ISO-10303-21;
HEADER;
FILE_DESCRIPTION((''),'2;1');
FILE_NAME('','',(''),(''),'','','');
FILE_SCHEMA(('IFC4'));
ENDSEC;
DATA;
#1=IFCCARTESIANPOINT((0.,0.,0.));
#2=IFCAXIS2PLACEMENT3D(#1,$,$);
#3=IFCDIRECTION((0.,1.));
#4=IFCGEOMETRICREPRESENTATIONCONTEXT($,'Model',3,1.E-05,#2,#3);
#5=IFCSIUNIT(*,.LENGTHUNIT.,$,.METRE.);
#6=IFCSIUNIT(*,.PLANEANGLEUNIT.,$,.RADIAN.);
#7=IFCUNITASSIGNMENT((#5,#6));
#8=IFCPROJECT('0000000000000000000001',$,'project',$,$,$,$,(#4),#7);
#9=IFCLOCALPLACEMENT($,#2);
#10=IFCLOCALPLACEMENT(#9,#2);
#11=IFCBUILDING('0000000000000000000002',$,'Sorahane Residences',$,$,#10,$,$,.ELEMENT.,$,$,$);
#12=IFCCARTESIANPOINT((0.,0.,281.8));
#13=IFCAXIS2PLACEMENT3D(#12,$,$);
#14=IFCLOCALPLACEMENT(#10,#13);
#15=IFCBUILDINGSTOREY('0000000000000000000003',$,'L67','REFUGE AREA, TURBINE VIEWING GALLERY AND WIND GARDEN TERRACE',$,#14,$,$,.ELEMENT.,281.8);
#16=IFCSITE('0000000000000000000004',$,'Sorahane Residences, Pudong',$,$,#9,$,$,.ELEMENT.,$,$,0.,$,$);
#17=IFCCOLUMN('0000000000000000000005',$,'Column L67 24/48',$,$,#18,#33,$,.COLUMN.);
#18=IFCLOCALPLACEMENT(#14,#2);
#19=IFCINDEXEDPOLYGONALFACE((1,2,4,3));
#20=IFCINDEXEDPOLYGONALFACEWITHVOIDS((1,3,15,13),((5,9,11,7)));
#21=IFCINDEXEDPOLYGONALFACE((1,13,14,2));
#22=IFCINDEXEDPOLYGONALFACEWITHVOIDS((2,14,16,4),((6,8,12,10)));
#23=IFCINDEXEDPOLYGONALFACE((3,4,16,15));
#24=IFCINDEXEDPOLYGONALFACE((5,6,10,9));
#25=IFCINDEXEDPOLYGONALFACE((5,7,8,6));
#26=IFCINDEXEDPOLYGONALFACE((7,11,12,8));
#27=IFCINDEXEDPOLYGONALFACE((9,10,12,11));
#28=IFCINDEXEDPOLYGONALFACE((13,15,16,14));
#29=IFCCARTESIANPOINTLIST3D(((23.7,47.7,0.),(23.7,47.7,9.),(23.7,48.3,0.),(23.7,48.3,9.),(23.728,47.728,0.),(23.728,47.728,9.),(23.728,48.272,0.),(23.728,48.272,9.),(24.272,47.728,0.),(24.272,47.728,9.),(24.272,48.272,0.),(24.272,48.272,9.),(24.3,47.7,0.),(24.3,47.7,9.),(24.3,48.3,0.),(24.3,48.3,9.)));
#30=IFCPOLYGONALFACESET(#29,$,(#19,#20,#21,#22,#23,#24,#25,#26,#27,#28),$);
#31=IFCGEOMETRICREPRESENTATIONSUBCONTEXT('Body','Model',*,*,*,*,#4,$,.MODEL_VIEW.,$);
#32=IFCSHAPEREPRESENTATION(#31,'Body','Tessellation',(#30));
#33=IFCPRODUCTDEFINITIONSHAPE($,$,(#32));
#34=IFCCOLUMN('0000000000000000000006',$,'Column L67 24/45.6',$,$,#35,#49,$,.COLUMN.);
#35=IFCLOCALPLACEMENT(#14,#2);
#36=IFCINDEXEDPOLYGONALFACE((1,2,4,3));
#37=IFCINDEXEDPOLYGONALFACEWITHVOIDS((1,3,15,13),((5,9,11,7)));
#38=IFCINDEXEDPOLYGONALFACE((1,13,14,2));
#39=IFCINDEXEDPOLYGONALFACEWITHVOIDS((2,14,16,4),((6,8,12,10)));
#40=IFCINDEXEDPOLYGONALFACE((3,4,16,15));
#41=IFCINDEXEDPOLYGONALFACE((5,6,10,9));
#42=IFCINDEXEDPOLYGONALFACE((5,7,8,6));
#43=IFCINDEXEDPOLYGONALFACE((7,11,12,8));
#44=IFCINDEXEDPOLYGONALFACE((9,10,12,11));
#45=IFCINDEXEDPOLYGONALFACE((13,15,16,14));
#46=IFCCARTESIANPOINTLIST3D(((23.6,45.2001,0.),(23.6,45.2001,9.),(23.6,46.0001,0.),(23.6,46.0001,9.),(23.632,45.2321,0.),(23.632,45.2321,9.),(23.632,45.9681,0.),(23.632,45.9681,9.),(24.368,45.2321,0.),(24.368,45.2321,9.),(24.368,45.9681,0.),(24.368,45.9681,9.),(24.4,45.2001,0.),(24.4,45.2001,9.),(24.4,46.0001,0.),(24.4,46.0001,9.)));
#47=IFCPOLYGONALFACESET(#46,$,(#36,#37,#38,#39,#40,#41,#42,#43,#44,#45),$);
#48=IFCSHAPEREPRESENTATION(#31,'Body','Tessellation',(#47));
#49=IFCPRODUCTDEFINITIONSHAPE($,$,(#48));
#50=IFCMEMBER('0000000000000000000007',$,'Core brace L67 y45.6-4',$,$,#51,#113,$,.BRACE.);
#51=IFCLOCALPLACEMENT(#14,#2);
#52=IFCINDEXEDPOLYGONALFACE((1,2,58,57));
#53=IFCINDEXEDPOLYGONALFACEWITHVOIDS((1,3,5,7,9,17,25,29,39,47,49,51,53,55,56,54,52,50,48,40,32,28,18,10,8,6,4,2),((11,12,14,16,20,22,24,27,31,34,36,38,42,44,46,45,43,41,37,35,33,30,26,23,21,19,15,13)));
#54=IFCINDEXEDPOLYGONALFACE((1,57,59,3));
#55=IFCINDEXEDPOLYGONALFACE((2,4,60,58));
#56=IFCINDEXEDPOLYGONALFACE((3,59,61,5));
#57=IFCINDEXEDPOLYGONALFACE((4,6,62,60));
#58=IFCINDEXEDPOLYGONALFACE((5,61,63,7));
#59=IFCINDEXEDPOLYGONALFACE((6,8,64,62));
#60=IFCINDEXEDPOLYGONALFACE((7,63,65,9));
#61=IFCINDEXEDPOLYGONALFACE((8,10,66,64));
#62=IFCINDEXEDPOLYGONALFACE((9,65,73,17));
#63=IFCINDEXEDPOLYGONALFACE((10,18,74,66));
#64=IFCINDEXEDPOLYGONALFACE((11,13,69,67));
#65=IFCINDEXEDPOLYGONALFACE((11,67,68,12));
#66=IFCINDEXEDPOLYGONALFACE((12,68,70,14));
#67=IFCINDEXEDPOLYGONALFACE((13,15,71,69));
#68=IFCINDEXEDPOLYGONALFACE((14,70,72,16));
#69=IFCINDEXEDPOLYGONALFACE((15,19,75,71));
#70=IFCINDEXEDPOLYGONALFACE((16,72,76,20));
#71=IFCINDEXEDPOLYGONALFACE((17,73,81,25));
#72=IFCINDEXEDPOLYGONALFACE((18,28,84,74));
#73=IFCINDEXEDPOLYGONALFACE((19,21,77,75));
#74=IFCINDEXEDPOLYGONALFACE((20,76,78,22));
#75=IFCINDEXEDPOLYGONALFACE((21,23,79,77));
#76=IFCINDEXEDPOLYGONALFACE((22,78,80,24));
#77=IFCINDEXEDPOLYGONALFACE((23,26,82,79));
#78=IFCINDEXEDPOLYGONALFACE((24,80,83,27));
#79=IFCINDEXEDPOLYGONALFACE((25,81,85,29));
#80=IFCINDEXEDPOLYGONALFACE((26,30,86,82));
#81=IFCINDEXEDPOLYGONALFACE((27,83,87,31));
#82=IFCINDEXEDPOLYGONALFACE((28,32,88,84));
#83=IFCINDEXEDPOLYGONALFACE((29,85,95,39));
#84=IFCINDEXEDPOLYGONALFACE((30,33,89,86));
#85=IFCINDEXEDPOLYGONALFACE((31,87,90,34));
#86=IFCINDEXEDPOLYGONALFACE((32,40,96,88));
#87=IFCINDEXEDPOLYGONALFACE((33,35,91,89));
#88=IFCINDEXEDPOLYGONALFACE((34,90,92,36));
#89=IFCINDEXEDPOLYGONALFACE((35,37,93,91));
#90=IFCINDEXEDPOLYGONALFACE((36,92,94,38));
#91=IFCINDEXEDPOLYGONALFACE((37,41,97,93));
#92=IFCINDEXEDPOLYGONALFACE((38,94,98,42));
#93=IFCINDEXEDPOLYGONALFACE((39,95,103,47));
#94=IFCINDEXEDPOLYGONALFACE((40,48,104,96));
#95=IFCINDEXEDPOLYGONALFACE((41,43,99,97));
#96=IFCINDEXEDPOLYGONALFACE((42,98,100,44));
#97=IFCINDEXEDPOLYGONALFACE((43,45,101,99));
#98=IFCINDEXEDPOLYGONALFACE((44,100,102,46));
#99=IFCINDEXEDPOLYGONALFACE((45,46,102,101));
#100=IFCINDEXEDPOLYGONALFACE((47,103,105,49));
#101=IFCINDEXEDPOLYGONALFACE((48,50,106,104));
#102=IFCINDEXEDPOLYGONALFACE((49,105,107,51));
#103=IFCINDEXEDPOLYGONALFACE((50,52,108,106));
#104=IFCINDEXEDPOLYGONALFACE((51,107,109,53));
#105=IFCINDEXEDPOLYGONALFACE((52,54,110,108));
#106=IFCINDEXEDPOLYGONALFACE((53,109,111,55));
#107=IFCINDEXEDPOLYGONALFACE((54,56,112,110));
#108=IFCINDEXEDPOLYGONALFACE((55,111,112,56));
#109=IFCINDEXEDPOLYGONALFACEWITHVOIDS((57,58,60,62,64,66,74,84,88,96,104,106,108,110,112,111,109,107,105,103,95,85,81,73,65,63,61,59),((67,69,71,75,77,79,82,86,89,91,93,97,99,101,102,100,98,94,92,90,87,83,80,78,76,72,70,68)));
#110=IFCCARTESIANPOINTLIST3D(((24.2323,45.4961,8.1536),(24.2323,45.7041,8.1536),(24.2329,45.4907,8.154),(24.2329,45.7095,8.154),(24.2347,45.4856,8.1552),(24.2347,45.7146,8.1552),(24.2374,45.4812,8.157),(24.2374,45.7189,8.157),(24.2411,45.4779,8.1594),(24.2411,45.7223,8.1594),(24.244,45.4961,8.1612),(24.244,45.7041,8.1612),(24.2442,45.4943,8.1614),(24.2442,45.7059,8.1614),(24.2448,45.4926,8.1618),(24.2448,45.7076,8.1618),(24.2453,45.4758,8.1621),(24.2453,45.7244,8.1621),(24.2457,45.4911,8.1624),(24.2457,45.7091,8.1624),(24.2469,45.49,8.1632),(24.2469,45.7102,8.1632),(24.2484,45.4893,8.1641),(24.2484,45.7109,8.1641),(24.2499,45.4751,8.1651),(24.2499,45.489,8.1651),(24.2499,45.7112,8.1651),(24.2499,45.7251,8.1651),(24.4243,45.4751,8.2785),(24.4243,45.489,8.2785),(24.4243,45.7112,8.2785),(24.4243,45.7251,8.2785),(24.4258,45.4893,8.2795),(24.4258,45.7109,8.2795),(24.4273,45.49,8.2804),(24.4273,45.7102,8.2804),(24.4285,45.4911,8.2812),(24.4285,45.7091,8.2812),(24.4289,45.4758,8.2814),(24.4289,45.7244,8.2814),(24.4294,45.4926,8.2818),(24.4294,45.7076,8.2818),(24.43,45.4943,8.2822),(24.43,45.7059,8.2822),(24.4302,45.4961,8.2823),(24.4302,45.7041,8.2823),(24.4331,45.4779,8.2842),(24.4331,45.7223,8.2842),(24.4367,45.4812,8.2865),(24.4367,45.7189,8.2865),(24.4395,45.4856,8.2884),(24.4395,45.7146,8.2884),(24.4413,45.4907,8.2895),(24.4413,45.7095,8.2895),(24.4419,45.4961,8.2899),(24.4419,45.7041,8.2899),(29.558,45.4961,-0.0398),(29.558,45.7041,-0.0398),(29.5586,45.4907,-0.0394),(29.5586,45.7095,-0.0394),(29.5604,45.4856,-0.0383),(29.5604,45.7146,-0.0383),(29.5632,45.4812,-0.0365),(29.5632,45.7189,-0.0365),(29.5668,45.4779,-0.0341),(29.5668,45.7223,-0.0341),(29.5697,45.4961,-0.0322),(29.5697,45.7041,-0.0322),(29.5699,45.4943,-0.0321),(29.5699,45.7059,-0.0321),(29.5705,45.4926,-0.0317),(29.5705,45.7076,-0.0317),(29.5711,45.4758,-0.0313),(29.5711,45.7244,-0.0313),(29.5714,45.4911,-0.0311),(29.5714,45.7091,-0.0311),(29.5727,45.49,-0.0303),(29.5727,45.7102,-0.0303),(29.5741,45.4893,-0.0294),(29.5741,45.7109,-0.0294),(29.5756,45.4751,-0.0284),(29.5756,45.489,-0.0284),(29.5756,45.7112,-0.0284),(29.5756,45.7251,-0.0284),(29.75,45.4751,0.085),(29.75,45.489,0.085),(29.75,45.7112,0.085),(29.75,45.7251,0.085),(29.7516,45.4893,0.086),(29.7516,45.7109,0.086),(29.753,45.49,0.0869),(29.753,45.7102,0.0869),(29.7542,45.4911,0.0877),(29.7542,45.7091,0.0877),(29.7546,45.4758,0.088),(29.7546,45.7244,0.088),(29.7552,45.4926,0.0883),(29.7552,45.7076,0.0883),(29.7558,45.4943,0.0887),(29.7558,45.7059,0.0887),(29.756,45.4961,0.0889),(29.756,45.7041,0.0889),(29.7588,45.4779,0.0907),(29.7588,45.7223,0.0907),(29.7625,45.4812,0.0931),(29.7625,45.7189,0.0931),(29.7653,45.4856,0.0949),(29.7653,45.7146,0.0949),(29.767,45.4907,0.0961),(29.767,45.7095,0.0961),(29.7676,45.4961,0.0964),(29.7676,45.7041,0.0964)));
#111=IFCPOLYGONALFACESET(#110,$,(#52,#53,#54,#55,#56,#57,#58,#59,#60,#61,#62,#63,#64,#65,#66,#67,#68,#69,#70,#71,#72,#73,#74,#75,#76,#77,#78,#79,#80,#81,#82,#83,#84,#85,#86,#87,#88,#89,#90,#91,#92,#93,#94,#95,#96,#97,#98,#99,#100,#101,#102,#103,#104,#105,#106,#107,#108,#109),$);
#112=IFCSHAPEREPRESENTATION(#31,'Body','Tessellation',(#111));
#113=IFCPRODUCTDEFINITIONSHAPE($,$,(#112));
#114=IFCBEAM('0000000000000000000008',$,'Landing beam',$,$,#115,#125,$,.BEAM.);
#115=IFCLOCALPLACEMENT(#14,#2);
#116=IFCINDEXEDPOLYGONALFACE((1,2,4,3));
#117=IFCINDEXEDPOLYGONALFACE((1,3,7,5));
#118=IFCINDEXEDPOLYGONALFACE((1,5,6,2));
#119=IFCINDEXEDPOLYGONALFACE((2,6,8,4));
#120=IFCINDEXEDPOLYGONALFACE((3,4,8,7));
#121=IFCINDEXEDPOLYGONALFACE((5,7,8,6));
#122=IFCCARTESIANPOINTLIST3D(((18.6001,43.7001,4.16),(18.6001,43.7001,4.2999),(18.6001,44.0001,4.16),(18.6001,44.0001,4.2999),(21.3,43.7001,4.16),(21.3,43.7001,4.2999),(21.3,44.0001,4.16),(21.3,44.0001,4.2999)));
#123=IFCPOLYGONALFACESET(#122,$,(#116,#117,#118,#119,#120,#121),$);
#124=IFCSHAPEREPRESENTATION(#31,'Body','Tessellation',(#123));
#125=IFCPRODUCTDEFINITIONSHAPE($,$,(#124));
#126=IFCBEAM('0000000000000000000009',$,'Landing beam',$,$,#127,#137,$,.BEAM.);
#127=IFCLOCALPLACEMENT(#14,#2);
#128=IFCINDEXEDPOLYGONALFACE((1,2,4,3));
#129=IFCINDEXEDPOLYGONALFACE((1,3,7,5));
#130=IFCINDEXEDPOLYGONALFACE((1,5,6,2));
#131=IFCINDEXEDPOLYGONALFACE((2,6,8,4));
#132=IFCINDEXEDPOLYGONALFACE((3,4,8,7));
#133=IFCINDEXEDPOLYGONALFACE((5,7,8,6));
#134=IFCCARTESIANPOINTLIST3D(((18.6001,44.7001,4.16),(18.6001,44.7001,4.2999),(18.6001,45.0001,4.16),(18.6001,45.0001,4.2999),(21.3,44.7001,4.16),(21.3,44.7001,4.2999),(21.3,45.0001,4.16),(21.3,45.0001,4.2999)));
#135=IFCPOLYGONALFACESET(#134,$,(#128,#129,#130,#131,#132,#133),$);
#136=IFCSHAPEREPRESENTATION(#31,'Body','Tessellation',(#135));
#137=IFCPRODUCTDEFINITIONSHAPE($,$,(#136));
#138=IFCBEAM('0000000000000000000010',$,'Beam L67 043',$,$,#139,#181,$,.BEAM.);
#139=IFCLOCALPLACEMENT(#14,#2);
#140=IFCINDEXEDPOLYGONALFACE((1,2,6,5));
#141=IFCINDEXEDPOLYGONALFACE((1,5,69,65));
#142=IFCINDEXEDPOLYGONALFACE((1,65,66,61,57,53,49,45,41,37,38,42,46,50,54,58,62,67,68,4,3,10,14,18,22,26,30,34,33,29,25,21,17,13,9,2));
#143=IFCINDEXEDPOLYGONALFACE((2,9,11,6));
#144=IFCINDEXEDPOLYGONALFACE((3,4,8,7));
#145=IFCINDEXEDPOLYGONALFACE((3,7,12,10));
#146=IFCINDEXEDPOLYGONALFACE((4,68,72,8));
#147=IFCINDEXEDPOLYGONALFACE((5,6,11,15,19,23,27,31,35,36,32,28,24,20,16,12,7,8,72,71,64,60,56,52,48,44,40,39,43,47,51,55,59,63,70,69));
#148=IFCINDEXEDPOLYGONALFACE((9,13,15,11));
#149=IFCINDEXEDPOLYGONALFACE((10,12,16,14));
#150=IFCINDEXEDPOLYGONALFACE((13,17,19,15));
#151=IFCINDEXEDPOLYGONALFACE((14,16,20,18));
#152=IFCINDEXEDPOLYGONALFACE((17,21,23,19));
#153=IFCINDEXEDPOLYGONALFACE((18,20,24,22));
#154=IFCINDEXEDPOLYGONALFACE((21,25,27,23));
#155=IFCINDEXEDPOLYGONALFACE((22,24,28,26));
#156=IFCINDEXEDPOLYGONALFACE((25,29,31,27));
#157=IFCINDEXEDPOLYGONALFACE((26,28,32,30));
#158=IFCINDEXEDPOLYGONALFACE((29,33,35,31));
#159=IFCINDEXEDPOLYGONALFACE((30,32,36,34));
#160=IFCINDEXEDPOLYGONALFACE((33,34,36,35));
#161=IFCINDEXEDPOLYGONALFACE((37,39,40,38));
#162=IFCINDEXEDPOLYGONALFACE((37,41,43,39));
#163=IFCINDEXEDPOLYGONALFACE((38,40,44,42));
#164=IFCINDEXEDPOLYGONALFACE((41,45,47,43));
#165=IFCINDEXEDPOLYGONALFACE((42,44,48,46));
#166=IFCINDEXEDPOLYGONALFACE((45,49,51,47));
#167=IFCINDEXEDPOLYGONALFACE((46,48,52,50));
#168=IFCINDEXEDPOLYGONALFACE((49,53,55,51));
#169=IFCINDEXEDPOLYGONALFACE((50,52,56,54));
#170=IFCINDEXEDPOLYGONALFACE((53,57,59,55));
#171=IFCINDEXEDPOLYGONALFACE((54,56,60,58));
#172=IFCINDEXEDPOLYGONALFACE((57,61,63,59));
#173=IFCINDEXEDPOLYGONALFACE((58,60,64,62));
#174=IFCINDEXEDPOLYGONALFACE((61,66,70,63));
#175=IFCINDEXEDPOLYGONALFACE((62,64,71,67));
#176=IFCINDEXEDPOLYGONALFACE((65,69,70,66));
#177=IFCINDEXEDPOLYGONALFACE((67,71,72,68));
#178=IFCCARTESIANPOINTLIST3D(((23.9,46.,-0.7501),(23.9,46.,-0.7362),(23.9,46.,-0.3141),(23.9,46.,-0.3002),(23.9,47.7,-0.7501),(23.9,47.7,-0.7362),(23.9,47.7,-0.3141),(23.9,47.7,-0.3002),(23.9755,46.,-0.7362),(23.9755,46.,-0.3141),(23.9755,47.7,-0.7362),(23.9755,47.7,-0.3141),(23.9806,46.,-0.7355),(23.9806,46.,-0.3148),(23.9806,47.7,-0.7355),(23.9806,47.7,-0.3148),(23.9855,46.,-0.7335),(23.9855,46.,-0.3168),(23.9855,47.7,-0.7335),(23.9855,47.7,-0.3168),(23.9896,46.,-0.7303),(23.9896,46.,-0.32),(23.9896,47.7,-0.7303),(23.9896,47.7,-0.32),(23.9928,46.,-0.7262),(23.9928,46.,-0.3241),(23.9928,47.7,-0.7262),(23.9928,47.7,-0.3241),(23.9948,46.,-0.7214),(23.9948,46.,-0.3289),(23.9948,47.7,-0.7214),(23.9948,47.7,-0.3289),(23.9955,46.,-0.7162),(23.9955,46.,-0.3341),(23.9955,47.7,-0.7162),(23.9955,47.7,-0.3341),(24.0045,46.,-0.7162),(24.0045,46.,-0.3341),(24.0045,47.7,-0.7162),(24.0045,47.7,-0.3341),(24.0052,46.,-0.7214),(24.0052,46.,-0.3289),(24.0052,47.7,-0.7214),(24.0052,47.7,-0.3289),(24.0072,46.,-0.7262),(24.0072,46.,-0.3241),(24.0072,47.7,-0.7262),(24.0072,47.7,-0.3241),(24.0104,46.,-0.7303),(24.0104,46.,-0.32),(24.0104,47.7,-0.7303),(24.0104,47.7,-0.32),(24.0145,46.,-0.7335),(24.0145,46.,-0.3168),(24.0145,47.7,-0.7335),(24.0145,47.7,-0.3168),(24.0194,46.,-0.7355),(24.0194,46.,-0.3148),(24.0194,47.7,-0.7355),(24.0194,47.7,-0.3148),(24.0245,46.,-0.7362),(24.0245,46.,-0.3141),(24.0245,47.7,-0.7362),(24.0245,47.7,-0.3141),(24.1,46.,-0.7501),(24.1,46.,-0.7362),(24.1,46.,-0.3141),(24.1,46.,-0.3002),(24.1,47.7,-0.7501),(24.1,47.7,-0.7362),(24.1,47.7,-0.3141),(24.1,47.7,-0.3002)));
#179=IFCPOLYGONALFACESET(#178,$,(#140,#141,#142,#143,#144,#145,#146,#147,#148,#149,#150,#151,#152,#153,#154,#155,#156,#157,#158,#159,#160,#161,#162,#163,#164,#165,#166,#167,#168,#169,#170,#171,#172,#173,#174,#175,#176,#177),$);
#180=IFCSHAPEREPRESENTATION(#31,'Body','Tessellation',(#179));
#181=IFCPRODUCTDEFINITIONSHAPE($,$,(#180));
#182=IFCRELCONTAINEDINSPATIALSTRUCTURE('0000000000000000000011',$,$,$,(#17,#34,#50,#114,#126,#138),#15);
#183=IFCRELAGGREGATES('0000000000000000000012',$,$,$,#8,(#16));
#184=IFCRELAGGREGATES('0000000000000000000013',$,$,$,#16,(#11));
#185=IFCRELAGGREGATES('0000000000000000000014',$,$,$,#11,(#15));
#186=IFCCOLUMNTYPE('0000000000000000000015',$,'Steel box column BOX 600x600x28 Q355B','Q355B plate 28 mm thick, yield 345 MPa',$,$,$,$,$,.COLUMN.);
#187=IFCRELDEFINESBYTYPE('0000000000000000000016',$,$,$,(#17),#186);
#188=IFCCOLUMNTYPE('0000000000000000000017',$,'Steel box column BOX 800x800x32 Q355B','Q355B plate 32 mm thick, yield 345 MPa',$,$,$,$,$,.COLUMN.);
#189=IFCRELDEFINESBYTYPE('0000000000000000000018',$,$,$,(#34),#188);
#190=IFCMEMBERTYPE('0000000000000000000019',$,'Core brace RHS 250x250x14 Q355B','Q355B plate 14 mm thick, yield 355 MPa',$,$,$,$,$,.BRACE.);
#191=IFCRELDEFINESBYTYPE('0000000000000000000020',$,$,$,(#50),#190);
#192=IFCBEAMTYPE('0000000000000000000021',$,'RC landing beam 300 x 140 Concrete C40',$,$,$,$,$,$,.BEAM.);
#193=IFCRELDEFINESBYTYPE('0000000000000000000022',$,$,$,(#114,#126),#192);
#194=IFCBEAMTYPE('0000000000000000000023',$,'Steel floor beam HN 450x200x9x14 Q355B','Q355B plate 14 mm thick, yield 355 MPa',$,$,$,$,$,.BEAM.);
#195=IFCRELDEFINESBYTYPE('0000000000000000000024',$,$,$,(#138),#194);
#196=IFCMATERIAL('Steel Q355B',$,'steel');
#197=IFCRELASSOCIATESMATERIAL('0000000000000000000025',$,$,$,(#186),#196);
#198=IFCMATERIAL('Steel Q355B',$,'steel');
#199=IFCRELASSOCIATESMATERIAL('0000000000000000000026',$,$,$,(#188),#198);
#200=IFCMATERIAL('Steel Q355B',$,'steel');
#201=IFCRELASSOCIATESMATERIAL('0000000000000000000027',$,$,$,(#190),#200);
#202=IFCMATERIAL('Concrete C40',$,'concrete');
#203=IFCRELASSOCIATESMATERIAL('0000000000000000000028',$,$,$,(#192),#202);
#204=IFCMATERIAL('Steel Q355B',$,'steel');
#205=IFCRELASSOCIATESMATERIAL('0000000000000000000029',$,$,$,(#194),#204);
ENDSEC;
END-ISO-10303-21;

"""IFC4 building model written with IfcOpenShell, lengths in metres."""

from ifc_helpers import new_model, si_unit, direction, frame, origin, origin_2d, place, context, subcontext, project, spatial, rectangle, hollow_rectangle, i_section, extrude, material, material_profile, profile_set, type_object, element, save


model = new_model("IFC4")

# Units and contexts
model_context = context("Model", 3, precision=1e-05, world=origin(), true_north=direction((0.0, 1.0)))
body_context = subcontext(model_context, "Body", "Model", "MODEL_VIEW")
ifc_project = project(units=[si_unit("LENGTHUNIT", "METRE"), si_unit("PLANEANGLEUNIT", "RADIAN")], contexts=[model_context])

# Site, building, storey
site_placement = place(None, origin())
site = spatial("IfcSite", under=ifc_project, at=site_placement, Name="Sorahane Residences, Pudong", CompositionType="ELEMENT", RefElevation=0.0)
building_placement = place(site_placement, origin())
building = spatial("IfcBuilding", under=site, at=building_placement, Name="Sorahane Residences", CompositionType="ELEMENT")
storey_placement = place(building_placement, frame((0.0, 0.0, 281.8)))
storey = spatial("IfcBuildingStorey", under=building, at=storey_placement, Name="L67", Description="REFUGE AREA, TURBINE VIEWING GALLERY AND WIND GARDEN TERRACE", CompositionType="ELEMENT", Elevation=281.8)

# Columns
ifc_material_1 = material(Name="Steel Q355B", Category="steel")
ifc_material_profile_1 = material_profile(ifc_material_1, hollow_rectangle(XDim=0.6001, YDim=0.6001, WallThickness=0.0281, at=origin_2d()), Name="BOX 600x600x28")
ifc_profile_set_1 = profile_set([ifc_material_profile_1], Name="Steel Q355B")
column_type_1 = type_object("IfcColumnType", Name="Steel box column BOX 600x600x28 Q355B", Description="Q355B plate 28 mm thick, yield 345 MPa", PredefinedType="COLUMN", material=ifc_profile_set_1)
column_1_placement = place(storey_placement, frame((24.0, 48.0, 0.0), z_axis=(0.0, 0.0, 1.0), x_axis=(1.0, 0.0, 0.0)))
element("IfcColumn", 1, at=column_1_placement, inside=storey, type_object=column_type_1, Name="Column L67 24/48", PredefinedType="COLUMN", context=body_context, shape_type="SweptSolid", body=[
    extrude(hollow_rectangle(XDim=0.6001, YDim=0.6001, WallThickness=0.0281, at=origin_2d()), origin(), (0.0, 0.0, 1.0), 9.0),
])
ifc_material_2 = material(Name="Steel Q355B", Category="steel")
ifc_material_profile_2 = material_profile(ifc_material_2, hollow_rectangle(XDim=0.8, YDim=0.8, WallThickness=0.032, at=origin_2d()), Name="BOX 800x800x32")
ifc_profile_set_2 = profile_set([ifc_material_profile_2], Name="Steel Q355B")
column_type_2 = type_object("IfcColumnType", Name="Steel box column BOX 800x800x32 Q355B", Description="Q355B plate 32 mm thick, yield 345 MPa", PredefinedType="COLUMN", material=ifc_profile_set_2)
column_2_placement = place(storey_placement, frame((24.0, 45.6001, 0.0), z_axis=(0.0, 0.0, 1.0), x_axis=(1.0, 0.0, 0.0)))
element("IfcColumn", 2, at=column_2_placement, inside=storey, type_object=column_type_2, Name="Column L67 24/45.6", PredefinedType="COLUMN", context=body_context, shape_type="SweptSolid", body=[
    extrude(hollow_rectangle(XDim=0.8, YDim=0.8, WallThickness=0.032, at=origin_2d()), origin(), (0.0, 0.0, 1.0), 9.0),
])

# Member
ifc_material_3 = material(Name="Steel Q355B", Category="steel")
ifc_material_profile_3 = material_profile(ifc_material_3, hollow_rectangle(XDim=0.25, YDim=0.25, WallThickness=0.0139, InnerFilletRadius=0.0071, OuterFilletRadius=0.021, at=origin_2d()), Name="RHS 250x250x14")
ifc_profile_set_3 = profile_set([ifc_material_profile_3], Name="Steel Q355B")
member_type = type_object("IfcMemberType", Name="Core brace RHS 250x250x14 Q355B", Description="Q355B plate 14 mm thick, yield 355 MPa", PredefinedType="BRACE", material=ifc_profile_set_3)
member_placement = place(storey_placement, frame((29.6628, 45.6001, 0.0283), z_axis=(-0.544988, 0.0, 0.838444), x_axis=(0.0, -1.0, 0.0)))
element("IfcMember", 3, at=member_placement, inside=storey, type_object=member_type, Name="Core brace L67 y45.6-4", PredefinedType="BRACE", context=body_context, shape_type="SweptSolid", body=[
    extrude(hollow_rectangle(XDim=0.25, YDim=0.25, WallThickness=0.0139, InnerFilletRadius=0.0071, OuterFilletRadius=0.021, at=origin_2d()), origin(), (0.0, 0.0, 1.0), 9.7722),
])

# Beams
ifc_material_4 = material(Name="Concrete C40", Category="concrete")
ifc_material_profile_4 = material_profile(ifc_material_4, rectangle(XDim=0.3, YDim=0.1399, at=origin_2d()), Name="300x140")
ifc_profile_set_4 = profile_set([ifc_material_profile_4], Name="Concrete C40")
beam_type_1 = type_object("IfcBeamType", Name="RC landing beam 300 x 140 Concrete C40", PredefinedType="BEAM", material=ifc_profile_set_4)
for number, where, z_axis, x_axis, name in (
    (4, (18.6001, 43.8501, 4.23), (1.0, 0.0, 0.0), (0.0, 1.0, 0.0), "Landing beam"),
    (5, (18.6001, 44.8501, 4.23), (1.0, 0.0, 0.0), (0.0, 1.0, 0.0), "Landing beam"),
):
    element("IfcBeam", number, at=place(storey_placement, frame(where, z_axis=z_axis, x_axis=x_axis)), inside=storey, type_object=beam_type_1, Name=name, PredefinedType="BEAM", context=body_context, shape_type="SweptSolid", body=[
        extrude(rectangle(XDim=0.3, YDim=0.1399, at=origin_2d()), origin(), (0.0, 0.0, 1.0), 2.7),
    ])
ifc_material_5 = material(Name="Steel Q355B", Category="steel")
ifc_material_profile_5 = material_profile(ifc_material_5, i_section(OverallWidth=0.2, OverallDepth=0.45, WebThickness=0.009, FlangeThickness=0.0139, FilletRadius=0.02, at=origin_2d()), Name="HN 450x200x9x14")
ifc_profile_set_5 = profile_set([ifc_material_profile_5], Name="Steel Q355B")
beam_type_2 = type_object("IfcBeamType", Name="Steel floor beam HN 450x200x9x14 Q355B", Description="Q355B plate 14 mm thick, yield 355 MPa", PredefinedType="BEAM", material=ifc_profile_set_5)
beam_1_placement = place(storey_placement, frame((24.0, 46.0, -0.5251), z_axis=(0.0, 1.0, 0.0), x_axis=(-1.0, 0.0, 0.0)))
element("IfcBeam", 6, at=beam_1_placement, inside=storey, type_object=beam_type_2, Name="Beam L67 043", PredefinedType="BEAM", context=body_context, shape_type="SweptSolid", body=[
    extrude(i_section(OverallWidth=0.2, OverallDepth=0.45, WebThickness=0.009, FlangeThickness=0.0139, FilletRadius=0.02, at=origin_2d()), origin(), (0.0, 0.0, 1.0), 1.7),
])

save(model, "model.ifc")
